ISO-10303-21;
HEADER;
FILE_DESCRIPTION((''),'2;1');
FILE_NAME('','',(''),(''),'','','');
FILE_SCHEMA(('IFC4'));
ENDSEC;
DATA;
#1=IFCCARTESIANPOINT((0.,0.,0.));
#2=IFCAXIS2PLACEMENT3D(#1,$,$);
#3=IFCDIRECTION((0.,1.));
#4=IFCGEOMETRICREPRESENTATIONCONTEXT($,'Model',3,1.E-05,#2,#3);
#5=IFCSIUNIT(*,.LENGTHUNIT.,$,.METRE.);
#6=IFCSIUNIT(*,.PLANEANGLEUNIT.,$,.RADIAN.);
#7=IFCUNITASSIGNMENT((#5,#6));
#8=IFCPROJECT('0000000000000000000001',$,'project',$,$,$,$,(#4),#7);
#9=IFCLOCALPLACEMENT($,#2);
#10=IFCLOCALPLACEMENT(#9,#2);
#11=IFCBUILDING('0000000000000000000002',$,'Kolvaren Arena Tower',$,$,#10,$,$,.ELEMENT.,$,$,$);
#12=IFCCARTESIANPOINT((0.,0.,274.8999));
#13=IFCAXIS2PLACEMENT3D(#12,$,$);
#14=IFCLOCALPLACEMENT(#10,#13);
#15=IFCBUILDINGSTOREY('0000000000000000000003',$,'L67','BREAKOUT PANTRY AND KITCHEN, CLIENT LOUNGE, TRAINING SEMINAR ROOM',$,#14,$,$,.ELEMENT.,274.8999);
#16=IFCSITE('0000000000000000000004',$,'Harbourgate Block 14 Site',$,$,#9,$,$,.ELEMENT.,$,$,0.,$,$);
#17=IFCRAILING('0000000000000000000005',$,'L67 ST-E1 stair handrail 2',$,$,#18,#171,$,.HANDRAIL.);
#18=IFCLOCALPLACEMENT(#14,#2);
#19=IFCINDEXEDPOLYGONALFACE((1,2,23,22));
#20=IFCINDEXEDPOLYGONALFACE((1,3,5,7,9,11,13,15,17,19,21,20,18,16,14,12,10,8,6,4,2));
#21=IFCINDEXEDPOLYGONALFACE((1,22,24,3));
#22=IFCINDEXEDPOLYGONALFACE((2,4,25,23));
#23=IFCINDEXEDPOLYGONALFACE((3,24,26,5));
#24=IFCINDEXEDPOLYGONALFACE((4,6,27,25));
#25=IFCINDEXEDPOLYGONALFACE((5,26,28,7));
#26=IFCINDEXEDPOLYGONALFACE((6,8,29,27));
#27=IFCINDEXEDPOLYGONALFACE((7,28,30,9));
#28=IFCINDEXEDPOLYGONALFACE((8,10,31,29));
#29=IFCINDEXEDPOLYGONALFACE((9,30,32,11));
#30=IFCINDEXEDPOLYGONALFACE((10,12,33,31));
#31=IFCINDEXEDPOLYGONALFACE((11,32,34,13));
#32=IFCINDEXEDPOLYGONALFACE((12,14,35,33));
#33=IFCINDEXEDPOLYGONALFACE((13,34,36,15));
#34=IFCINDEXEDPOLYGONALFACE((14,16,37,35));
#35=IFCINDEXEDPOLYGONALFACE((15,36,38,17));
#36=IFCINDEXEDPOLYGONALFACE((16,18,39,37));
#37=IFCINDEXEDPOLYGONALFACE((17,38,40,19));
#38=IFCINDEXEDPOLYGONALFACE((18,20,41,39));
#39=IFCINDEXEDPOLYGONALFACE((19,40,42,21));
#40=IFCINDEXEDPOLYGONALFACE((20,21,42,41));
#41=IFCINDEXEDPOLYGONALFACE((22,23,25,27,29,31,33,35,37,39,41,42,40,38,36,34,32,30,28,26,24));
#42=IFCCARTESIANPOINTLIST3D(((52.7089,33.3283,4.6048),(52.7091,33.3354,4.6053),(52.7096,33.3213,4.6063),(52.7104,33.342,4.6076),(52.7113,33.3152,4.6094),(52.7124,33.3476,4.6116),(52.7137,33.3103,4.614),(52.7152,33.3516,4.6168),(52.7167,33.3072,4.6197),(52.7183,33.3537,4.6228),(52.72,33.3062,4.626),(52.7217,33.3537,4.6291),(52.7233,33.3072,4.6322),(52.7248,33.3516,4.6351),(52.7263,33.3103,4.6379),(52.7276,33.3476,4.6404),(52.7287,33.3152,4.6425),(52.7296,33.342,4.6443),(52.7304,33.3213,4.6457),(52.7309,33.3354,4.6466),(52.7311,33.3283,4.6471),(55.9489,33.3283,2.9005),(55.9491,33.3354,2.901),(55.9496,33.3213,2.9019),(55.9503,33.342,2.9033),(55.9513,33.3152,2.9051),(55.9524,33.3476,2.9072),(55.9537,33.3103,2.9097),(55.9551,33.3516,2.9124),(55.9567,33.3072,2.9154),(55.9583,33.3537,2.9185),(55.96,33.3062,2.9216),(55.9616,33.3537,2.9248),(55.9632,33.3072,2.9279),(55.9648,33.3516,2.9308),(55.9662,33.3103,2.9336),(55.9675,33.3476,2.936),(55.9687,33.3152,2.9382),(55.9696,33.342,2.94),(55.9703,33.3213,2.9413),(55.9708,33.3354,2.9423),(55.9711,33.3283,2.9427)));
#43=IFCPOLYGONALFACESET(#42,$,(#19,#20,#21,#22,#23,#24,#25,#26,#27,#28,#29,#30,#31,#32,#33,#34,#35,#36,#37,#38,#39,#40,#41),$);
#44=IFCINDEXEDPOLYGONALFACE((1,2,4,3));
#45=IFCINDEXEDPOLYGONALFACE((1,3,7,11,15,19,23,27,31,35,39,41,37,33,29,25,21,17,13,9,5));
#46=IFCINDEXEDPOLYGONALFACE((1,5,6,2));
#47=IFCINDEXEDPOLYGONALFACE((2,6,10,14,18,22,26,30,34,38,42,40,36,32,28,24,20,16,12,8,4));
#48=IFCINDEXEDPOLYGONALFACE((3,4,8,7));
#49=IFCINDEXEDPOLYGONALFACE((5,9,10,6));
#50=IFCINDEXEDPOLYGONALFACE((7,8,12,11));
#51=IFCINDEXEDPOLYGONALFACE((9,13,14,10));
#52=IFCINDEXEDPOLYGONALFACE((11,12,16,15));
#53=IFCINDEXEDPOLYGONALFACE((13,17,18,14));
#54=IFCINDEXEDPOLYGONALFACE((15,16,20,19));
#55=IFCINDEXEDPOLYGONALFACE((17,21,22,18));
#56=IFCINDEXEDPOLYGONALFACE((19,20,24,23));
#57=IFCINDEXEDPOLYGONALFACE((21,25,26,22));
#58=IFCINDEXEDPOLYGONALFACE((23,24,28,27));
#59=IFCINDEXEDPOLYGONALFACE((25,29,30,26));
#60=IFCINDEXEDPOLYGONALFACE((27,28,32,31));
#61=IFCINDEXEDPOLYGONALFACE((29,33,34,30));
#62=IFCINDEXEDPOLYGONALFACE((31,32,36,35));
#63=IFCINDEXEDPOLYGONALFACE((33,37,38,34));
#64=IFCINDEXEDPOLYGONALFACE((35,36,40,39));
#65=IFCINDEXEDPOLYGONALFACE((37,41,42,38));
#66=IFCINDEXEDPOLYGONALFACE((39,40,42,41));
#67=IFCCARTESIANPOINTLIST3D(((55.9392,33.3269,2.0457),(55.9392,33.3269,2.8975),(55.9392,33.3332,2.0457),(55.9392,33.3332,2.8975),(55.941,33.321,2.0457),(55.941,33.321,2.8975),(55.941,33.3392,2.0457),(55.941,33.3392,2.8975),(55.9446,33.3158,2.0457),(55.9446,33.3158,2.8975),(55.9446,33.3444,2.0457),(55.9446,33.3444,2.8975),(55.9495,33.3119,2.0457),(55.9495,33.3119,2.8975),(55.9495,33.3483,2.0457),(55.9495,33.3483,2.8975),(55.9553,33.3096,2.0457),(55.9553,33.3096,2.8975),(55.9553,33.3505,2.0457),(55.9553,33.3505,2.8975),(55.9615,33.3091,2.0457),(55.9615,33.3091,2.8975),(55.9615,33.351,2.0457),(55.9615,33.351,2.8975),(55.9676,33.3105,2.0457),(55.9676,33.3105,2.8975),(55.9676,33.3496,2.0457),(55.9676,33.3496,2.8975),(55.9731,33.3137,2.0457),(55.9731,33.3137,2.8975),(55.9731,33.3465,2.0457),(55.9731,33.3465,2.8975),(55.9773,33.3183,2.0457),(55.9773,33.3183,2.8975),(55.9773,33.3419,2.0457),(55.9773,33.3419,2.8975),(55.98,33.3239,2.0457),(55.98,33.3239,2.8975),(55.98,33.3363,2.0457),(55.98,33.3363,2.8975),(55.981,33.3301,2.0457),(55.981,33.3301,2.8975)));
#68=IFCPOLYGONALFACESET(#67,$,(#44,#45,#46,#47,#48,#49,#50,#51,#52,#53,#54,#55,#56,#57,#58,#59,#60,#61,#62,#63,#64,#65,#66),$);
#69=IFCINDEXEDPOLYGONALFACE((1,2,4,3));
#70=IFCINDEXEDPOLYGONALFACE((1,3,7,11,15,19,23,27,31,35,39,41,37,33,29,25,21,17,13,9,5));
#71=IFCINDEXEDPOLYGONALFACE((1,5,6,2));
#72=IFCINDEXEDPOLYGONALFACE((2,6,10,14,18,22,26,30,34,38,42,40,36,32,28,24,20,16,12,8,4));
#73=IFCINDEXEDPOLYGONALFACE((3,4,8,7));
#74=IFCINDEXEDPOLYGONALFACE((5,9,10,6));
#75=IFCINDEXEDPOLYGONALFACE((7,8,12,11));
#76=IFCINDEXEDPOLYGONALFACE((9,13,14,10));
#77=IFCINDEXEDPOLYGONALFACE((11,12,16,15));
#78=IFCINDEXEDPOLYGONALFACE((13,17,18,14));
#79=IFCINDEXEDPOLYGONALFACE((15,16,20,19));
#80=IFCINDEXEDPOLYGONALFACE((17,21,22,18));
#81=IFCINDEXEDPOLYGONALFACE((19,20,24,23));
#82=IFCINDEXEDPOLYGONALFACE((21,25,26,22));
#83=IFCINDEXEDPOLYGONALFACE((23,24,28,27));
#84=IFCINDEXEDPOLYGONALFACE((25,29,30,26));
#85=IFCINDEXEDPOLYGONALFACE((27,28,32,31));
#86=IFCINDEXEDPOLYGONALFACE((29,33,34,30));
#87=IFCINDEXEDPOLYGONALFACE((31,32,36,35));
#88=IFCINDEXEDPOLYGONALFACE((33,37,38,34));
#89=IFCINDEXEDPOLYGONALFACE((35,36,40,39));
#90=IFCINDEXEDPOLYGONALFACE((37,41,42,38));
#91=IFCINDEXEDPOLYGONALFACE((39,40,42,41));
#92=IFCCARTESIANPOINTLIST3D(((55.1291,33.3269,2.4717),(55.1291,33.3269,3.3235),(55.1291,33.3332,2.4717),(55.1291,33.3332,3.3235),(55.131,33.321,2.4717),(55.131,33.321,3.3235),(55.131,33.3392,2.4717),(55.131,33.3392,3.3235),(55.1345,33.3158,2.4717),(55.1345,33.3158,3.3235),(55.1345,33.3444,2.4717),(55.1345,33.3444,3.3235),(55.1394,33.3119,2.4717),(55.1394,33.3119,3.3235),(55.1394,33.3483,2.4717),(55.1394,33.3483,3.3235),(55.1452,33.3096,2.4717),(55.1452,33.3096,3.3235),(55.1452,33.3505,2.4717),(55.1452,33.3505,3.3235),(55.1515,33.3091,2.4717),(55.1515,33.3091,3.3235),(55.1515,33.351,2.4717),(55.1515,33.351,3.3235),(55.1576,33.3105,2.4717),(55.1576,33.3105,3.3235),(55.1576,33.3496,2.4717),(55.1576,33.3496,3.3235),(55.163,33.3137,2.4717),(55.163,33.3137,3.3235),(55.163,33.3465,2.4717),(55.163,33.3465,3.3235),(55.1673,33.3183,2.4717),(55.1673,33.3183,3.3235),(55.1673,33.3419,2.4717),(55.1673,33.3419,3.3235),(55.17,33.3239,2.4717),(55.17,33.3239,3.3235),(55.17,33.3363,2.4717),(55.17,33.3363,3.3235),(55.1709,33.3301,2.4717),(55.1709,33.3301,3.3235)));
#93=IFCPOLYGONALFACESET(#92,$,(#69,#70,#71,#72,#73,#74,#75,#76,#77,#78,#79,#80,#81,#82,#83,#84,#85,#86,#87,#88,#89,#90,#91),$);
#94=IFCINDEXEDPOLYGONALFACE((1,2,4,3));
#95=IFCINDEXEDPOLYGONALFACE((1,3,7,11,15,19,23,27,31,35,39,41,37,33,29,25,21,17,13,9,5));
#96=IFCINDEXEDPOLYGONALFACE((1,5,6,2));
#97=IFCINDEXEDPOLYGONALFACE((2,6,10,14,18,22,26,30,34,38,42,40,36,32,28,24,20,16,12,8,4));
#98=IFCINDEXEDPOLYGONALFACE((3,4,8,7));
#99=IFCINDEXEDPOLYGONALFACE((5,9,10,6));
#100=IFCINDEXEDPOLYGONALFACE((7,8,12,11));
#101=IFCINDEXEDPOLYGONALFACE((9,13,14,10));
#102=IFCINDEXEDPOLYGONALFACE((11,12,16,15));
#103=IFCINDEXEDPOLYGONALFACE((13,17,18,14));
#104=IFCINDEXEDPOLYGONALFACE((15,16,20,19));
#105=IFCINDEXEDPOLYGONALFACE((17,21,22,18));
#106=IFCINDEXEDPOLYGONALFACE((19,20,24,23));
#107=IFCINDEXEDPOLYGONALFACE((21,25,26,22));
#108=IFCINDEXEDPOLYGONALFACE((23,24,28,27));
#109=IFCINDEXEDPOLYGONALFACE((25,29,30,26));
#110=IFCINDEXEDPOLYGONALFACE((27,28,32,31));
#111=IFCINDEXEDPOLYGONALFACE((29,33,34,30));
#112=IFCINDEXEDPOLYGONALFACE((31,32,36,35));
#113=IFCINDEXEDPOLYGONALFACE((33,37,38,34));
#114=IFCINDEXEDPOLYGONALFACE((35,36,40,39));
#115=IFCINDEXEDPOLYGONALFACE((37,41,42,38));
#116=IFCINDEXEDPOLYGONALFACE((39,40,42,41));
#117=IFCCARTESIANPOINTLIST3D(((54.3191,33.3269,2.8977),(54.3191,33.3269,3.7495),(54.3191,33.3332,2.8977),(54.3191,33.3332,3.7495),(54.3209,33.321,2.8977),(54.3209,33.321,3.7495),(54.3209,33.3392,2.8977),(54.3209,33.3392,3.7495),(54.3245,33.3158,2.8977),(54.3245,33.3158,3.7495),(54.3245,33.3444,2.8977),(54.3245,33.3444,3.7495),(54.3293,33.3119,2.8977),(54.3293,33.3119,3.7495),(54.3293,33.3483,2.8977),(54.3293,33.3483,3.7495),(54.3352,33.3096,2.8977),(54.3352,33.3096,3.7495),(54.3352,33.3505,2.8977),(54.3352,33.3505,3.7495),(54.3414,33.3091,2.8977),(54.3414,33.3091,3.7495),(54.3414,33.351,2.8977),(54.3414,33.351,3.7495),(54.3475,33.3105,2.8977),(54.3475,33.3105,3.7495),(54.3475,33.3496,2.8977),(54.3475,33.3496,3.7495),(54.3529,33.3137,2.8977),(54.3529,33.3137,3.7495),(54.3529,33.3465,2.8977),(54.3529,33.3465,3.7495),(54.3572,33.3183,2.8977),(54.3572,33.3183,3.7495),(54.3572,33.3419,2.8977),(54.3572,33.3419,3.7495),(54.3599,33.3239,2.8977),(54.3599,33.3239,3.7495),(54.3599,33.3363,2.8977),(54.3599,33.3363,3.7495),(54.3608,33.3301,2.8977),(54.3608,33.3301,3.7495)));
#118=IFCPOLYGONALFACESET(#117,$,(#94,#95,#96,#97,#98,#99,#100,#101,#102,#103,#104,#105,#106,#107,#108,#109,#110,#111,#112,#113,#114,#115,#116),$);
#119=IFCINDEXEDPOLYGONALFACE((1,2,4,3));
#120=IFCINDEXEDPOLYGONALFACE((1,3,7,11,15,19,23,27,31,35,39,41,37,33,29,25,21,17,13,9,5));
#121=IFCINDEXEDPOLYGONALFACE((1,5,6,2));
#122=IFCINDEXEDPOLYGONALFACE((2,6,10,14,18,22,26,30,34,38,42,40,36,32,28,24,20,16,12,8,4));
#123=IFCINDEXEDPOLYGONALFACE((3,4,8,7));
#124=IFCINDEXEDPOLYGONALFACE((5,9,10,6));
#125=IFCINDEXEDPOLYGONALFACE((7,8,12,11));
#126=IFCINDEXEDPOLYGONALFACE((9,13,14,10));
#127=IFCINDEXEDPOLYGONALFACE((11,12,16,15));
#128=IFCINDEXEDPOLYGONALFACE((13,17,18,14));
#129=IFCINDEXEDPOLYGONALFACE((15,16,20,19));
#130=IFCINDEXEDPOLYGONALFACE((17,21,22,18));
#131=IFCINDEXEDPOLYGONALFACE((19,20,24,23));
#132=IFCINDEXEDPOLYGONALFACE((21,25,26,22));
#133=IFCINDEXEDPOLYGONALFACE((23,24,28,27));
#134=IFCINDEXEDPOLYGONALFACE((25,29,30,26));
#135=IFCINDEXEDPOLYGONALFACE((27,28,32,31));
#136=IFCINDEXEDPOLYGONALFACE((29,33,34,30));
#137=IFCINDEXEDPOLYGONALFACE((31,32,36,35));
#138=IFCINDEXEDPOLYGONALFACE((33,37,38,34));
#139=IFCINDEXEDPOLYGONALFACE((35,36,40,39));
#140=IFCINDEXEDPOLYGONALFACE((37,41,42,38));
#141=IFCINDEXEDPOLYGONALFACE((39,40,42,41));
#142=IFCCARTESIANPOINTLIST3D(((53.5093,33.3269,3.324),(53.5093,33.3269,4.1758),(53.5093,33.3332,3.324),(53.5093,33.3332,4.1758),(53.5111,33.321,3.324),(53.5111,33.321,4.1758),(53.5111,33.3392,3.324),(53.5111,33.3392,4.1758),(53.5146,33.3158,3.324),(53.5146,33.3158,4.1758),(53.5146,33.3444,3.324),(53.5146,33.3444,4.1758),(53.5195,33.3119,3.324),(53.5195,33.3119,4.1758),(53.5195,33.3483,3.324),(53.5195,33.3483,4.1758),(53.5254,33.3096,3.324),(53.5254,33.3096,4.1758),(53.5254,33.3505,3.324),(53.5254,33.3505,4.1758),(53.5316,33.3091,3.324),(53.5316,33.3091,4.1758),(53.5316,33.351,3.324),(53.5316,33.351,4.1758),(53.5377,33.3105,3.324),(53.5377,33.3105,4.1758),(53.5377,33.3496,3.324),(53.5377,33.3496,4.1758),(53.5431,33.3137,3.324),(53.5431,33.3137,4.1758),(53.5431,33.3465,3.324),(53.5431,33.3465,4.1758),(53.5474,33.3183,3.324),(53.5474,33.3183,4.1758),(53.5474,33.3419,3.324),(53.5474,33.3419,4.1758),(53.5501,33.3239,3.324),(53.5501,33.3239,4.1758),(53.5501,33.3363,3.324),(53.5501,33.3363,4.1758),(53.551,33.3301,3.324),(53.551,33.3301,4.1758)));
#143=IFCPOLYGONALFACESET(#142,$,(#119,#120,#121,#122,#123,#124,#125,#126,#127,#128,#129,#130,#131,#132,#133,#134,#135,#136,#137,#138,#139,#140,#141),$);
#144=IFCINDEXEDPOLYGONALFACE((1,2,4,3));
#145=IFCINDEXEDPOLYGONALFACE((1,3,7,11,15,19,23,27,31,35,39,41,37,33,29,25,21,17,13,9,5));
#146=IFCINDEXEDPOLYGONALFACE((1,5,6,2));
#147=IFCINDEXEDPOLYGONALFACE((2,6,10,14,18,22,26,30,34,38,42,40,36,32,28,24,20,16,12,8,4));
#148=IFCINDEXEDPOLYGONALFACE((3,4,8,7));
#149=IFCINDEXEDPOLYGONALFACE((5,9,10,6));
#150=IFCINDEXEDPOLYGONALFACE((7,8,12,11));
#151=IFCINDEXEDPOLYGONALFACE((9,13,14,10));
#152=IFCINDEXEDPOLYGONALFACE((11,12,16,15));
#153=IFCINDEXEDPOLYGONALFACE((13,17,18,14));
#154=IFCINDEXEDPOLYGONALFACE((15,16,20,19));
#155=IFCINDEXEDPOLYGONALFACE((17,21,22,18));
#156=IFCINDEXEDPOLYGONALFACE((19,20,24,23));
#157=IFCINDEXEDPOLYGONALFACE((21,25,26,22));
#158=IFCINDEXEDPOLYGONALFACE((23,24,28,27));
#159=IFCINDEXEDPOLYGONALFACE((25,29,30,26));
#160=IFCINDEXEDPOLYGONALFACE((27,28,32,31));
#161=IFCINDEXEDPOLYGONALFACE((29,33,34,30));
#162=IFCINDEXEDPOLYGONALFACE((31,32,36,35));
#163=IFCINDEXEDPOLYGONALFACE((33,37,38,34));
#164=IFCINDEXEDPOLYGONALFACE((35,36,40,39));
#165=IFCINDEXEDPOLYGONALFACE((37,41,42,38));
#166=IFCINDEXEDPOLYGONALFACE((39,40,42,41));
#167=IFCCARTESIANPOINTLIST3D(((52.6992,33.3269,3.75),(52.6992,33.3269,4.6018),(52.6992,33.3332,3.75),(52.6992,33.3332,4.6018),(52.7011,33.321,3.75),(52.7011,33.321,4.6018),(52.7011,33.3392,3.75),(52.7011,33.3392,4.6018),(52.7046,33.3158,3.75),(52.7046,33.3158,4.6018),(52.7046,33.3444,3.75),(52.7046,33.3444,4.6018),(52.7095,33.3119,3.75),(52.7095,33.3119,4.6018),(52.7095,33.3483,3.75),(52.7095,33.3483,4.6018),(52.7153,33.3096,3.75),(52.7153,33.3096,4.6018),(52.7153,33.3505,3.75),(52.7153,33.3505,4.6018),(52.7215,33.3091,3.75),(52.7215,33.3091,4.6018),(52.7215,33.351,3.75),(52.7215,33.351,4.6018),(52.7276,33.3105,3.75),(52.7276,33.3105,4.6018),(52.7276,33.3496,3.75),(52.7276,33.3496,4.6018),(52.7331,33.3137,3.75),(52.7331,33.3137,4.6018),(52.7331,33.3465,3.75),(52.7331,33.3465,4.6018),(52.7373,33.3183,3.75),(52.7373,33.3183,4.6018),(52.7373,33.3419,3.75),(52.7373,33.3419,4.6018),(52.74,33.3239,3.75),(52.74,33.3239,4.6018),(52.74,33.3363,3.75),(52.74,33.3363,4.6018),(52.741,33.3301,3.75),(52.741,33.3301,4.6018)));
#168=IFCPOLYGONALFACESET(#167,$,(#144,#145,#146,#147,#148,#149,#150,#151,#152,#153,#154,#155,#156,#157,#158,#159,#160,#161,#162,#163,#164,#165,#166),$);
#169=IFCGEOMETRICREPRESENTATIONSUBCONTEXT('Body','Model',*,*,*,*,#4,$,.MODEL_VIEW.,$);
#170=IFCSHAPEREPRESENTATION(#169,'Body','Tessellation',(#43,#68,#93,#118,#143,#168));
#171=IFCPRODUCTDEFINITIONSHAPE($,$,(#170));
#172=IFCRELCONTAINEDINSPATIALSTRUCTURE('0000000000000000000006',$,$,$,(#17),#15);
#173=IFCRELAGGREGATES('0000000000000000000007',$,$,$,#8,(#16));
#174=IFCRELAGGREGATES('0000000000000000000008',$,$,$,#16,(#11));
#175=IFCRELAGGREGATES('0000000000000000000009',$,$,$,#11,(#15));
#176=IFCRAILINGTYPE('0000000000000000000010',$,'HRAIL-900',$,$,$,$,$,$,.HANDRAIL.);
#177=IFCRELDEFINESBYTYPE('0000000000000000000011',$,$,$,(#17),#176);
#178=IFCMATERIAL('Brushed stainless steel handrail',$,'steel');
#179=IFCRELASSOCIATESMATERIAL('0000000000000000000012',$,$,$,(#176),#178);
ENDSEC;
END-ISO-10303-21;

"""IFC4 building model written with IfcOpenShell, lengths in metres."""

from ifc_helpers import new_model, si_unit, direction, frame, origin, origin_2d, place, context, subcontext, project, spatial, circle, extrude, material, type_object, element, save


model = new_model("IFC4")

# Units and contexts
model_context = context("Model", 3, precision=1e-05, world=origin(), true_north=direction((0.0, 1.0)))
body_context = subcontext(model_context, "Body", "Model", "MODEL_VIEW")
ifc_project = project(units=[si_unit("LENGTHUNIT", "METRE"), si_unit("PLANEANGLEUNIT", "RADIAN")], contexts=[model_context])

# Site, building, storey
site_placement = place(None, origin())
site = spatial("IfcSite", under=ifc_project, at=site_placement, Name="Harbourgate Block 14 Site", CompositionType="ELEMENT", RefElevation=0.0)
building_placement = place(site_placement, origin())
building = spatial("IfcBuilding", under=site, at=building_placement, Name="Kolvaren Arena Tower", CompositionType="ELEMENT")
storey_placement = place(building_placement, frame((0.0, 0.0, 274.8999)))
storey = spatial("IfcBuildingStorey", under=building, at=storey_placement, Name="L67", Description="BREAKOUT PANTRY AND KITCHEN, CLIENT LOUNGE, TRAINING SEMINAR ROOM", CompositionType="ELEMENT", Elevation=274.8999)

# Railing
ifc_material_1 = material(Name="Brushed stainless steel handrail", Category="steel")
railing_type_1 = type_object("IfcRailingType", Name="HRAIL-900", PredefinedType="HANDRAIL", material=ifc_material_1)
railing_1_placement = place(storey_placement, frame((55.96, 33.3301, 2.0457)))
element("IfcRailing", 1, at=railing_1_placement, inside=storey, type_object=railing_type_1, Name="L67 ST-E1 stair handrail 2", PredefinedType="HANDRAIL", context=body_context, shape_type="SweptSolid", body=[
    extrude(circle(Radius=0.0239, at=origin_2d()), frame((0.0, 0.0, 0.876), z_axis=(-0.885021, 0.0, 0.465551), x_axis=(0.0, -1.0, 0.0)), (0.0, 0.0, 1.0), 3.6609),
    extrude(circle(Radius=0.021, at=origin_2d()), origin(), (0.0, 0.0, 1.0), 0.8518),
    extrude(circle(Radius=0.021, at=origin_2d()), frame((-0.8101, 0.0, 0.426)), (0.0, 0.0, 1.0), 0.8518),
    extrude(circle(Radius=0.021, at=origin_2d()), frame((-1.6201, 0.0, 0.8521)), (0.0, 0.0, 1.0), 0.8518),
    extrude(circle(Radius=0.021, at=origin_2d()), frame((-2.4299, 0.0, 1.2783)), (0.0, 0.0, 1.0), 0.8518),
    extrude(circle(Radius=0.021, at=origin_2d()), frame((-3.24, 0.0, 1.7043)), (0.0, 0.0, 1.0), 0.8518),
])

save(model, "model.ifc")
